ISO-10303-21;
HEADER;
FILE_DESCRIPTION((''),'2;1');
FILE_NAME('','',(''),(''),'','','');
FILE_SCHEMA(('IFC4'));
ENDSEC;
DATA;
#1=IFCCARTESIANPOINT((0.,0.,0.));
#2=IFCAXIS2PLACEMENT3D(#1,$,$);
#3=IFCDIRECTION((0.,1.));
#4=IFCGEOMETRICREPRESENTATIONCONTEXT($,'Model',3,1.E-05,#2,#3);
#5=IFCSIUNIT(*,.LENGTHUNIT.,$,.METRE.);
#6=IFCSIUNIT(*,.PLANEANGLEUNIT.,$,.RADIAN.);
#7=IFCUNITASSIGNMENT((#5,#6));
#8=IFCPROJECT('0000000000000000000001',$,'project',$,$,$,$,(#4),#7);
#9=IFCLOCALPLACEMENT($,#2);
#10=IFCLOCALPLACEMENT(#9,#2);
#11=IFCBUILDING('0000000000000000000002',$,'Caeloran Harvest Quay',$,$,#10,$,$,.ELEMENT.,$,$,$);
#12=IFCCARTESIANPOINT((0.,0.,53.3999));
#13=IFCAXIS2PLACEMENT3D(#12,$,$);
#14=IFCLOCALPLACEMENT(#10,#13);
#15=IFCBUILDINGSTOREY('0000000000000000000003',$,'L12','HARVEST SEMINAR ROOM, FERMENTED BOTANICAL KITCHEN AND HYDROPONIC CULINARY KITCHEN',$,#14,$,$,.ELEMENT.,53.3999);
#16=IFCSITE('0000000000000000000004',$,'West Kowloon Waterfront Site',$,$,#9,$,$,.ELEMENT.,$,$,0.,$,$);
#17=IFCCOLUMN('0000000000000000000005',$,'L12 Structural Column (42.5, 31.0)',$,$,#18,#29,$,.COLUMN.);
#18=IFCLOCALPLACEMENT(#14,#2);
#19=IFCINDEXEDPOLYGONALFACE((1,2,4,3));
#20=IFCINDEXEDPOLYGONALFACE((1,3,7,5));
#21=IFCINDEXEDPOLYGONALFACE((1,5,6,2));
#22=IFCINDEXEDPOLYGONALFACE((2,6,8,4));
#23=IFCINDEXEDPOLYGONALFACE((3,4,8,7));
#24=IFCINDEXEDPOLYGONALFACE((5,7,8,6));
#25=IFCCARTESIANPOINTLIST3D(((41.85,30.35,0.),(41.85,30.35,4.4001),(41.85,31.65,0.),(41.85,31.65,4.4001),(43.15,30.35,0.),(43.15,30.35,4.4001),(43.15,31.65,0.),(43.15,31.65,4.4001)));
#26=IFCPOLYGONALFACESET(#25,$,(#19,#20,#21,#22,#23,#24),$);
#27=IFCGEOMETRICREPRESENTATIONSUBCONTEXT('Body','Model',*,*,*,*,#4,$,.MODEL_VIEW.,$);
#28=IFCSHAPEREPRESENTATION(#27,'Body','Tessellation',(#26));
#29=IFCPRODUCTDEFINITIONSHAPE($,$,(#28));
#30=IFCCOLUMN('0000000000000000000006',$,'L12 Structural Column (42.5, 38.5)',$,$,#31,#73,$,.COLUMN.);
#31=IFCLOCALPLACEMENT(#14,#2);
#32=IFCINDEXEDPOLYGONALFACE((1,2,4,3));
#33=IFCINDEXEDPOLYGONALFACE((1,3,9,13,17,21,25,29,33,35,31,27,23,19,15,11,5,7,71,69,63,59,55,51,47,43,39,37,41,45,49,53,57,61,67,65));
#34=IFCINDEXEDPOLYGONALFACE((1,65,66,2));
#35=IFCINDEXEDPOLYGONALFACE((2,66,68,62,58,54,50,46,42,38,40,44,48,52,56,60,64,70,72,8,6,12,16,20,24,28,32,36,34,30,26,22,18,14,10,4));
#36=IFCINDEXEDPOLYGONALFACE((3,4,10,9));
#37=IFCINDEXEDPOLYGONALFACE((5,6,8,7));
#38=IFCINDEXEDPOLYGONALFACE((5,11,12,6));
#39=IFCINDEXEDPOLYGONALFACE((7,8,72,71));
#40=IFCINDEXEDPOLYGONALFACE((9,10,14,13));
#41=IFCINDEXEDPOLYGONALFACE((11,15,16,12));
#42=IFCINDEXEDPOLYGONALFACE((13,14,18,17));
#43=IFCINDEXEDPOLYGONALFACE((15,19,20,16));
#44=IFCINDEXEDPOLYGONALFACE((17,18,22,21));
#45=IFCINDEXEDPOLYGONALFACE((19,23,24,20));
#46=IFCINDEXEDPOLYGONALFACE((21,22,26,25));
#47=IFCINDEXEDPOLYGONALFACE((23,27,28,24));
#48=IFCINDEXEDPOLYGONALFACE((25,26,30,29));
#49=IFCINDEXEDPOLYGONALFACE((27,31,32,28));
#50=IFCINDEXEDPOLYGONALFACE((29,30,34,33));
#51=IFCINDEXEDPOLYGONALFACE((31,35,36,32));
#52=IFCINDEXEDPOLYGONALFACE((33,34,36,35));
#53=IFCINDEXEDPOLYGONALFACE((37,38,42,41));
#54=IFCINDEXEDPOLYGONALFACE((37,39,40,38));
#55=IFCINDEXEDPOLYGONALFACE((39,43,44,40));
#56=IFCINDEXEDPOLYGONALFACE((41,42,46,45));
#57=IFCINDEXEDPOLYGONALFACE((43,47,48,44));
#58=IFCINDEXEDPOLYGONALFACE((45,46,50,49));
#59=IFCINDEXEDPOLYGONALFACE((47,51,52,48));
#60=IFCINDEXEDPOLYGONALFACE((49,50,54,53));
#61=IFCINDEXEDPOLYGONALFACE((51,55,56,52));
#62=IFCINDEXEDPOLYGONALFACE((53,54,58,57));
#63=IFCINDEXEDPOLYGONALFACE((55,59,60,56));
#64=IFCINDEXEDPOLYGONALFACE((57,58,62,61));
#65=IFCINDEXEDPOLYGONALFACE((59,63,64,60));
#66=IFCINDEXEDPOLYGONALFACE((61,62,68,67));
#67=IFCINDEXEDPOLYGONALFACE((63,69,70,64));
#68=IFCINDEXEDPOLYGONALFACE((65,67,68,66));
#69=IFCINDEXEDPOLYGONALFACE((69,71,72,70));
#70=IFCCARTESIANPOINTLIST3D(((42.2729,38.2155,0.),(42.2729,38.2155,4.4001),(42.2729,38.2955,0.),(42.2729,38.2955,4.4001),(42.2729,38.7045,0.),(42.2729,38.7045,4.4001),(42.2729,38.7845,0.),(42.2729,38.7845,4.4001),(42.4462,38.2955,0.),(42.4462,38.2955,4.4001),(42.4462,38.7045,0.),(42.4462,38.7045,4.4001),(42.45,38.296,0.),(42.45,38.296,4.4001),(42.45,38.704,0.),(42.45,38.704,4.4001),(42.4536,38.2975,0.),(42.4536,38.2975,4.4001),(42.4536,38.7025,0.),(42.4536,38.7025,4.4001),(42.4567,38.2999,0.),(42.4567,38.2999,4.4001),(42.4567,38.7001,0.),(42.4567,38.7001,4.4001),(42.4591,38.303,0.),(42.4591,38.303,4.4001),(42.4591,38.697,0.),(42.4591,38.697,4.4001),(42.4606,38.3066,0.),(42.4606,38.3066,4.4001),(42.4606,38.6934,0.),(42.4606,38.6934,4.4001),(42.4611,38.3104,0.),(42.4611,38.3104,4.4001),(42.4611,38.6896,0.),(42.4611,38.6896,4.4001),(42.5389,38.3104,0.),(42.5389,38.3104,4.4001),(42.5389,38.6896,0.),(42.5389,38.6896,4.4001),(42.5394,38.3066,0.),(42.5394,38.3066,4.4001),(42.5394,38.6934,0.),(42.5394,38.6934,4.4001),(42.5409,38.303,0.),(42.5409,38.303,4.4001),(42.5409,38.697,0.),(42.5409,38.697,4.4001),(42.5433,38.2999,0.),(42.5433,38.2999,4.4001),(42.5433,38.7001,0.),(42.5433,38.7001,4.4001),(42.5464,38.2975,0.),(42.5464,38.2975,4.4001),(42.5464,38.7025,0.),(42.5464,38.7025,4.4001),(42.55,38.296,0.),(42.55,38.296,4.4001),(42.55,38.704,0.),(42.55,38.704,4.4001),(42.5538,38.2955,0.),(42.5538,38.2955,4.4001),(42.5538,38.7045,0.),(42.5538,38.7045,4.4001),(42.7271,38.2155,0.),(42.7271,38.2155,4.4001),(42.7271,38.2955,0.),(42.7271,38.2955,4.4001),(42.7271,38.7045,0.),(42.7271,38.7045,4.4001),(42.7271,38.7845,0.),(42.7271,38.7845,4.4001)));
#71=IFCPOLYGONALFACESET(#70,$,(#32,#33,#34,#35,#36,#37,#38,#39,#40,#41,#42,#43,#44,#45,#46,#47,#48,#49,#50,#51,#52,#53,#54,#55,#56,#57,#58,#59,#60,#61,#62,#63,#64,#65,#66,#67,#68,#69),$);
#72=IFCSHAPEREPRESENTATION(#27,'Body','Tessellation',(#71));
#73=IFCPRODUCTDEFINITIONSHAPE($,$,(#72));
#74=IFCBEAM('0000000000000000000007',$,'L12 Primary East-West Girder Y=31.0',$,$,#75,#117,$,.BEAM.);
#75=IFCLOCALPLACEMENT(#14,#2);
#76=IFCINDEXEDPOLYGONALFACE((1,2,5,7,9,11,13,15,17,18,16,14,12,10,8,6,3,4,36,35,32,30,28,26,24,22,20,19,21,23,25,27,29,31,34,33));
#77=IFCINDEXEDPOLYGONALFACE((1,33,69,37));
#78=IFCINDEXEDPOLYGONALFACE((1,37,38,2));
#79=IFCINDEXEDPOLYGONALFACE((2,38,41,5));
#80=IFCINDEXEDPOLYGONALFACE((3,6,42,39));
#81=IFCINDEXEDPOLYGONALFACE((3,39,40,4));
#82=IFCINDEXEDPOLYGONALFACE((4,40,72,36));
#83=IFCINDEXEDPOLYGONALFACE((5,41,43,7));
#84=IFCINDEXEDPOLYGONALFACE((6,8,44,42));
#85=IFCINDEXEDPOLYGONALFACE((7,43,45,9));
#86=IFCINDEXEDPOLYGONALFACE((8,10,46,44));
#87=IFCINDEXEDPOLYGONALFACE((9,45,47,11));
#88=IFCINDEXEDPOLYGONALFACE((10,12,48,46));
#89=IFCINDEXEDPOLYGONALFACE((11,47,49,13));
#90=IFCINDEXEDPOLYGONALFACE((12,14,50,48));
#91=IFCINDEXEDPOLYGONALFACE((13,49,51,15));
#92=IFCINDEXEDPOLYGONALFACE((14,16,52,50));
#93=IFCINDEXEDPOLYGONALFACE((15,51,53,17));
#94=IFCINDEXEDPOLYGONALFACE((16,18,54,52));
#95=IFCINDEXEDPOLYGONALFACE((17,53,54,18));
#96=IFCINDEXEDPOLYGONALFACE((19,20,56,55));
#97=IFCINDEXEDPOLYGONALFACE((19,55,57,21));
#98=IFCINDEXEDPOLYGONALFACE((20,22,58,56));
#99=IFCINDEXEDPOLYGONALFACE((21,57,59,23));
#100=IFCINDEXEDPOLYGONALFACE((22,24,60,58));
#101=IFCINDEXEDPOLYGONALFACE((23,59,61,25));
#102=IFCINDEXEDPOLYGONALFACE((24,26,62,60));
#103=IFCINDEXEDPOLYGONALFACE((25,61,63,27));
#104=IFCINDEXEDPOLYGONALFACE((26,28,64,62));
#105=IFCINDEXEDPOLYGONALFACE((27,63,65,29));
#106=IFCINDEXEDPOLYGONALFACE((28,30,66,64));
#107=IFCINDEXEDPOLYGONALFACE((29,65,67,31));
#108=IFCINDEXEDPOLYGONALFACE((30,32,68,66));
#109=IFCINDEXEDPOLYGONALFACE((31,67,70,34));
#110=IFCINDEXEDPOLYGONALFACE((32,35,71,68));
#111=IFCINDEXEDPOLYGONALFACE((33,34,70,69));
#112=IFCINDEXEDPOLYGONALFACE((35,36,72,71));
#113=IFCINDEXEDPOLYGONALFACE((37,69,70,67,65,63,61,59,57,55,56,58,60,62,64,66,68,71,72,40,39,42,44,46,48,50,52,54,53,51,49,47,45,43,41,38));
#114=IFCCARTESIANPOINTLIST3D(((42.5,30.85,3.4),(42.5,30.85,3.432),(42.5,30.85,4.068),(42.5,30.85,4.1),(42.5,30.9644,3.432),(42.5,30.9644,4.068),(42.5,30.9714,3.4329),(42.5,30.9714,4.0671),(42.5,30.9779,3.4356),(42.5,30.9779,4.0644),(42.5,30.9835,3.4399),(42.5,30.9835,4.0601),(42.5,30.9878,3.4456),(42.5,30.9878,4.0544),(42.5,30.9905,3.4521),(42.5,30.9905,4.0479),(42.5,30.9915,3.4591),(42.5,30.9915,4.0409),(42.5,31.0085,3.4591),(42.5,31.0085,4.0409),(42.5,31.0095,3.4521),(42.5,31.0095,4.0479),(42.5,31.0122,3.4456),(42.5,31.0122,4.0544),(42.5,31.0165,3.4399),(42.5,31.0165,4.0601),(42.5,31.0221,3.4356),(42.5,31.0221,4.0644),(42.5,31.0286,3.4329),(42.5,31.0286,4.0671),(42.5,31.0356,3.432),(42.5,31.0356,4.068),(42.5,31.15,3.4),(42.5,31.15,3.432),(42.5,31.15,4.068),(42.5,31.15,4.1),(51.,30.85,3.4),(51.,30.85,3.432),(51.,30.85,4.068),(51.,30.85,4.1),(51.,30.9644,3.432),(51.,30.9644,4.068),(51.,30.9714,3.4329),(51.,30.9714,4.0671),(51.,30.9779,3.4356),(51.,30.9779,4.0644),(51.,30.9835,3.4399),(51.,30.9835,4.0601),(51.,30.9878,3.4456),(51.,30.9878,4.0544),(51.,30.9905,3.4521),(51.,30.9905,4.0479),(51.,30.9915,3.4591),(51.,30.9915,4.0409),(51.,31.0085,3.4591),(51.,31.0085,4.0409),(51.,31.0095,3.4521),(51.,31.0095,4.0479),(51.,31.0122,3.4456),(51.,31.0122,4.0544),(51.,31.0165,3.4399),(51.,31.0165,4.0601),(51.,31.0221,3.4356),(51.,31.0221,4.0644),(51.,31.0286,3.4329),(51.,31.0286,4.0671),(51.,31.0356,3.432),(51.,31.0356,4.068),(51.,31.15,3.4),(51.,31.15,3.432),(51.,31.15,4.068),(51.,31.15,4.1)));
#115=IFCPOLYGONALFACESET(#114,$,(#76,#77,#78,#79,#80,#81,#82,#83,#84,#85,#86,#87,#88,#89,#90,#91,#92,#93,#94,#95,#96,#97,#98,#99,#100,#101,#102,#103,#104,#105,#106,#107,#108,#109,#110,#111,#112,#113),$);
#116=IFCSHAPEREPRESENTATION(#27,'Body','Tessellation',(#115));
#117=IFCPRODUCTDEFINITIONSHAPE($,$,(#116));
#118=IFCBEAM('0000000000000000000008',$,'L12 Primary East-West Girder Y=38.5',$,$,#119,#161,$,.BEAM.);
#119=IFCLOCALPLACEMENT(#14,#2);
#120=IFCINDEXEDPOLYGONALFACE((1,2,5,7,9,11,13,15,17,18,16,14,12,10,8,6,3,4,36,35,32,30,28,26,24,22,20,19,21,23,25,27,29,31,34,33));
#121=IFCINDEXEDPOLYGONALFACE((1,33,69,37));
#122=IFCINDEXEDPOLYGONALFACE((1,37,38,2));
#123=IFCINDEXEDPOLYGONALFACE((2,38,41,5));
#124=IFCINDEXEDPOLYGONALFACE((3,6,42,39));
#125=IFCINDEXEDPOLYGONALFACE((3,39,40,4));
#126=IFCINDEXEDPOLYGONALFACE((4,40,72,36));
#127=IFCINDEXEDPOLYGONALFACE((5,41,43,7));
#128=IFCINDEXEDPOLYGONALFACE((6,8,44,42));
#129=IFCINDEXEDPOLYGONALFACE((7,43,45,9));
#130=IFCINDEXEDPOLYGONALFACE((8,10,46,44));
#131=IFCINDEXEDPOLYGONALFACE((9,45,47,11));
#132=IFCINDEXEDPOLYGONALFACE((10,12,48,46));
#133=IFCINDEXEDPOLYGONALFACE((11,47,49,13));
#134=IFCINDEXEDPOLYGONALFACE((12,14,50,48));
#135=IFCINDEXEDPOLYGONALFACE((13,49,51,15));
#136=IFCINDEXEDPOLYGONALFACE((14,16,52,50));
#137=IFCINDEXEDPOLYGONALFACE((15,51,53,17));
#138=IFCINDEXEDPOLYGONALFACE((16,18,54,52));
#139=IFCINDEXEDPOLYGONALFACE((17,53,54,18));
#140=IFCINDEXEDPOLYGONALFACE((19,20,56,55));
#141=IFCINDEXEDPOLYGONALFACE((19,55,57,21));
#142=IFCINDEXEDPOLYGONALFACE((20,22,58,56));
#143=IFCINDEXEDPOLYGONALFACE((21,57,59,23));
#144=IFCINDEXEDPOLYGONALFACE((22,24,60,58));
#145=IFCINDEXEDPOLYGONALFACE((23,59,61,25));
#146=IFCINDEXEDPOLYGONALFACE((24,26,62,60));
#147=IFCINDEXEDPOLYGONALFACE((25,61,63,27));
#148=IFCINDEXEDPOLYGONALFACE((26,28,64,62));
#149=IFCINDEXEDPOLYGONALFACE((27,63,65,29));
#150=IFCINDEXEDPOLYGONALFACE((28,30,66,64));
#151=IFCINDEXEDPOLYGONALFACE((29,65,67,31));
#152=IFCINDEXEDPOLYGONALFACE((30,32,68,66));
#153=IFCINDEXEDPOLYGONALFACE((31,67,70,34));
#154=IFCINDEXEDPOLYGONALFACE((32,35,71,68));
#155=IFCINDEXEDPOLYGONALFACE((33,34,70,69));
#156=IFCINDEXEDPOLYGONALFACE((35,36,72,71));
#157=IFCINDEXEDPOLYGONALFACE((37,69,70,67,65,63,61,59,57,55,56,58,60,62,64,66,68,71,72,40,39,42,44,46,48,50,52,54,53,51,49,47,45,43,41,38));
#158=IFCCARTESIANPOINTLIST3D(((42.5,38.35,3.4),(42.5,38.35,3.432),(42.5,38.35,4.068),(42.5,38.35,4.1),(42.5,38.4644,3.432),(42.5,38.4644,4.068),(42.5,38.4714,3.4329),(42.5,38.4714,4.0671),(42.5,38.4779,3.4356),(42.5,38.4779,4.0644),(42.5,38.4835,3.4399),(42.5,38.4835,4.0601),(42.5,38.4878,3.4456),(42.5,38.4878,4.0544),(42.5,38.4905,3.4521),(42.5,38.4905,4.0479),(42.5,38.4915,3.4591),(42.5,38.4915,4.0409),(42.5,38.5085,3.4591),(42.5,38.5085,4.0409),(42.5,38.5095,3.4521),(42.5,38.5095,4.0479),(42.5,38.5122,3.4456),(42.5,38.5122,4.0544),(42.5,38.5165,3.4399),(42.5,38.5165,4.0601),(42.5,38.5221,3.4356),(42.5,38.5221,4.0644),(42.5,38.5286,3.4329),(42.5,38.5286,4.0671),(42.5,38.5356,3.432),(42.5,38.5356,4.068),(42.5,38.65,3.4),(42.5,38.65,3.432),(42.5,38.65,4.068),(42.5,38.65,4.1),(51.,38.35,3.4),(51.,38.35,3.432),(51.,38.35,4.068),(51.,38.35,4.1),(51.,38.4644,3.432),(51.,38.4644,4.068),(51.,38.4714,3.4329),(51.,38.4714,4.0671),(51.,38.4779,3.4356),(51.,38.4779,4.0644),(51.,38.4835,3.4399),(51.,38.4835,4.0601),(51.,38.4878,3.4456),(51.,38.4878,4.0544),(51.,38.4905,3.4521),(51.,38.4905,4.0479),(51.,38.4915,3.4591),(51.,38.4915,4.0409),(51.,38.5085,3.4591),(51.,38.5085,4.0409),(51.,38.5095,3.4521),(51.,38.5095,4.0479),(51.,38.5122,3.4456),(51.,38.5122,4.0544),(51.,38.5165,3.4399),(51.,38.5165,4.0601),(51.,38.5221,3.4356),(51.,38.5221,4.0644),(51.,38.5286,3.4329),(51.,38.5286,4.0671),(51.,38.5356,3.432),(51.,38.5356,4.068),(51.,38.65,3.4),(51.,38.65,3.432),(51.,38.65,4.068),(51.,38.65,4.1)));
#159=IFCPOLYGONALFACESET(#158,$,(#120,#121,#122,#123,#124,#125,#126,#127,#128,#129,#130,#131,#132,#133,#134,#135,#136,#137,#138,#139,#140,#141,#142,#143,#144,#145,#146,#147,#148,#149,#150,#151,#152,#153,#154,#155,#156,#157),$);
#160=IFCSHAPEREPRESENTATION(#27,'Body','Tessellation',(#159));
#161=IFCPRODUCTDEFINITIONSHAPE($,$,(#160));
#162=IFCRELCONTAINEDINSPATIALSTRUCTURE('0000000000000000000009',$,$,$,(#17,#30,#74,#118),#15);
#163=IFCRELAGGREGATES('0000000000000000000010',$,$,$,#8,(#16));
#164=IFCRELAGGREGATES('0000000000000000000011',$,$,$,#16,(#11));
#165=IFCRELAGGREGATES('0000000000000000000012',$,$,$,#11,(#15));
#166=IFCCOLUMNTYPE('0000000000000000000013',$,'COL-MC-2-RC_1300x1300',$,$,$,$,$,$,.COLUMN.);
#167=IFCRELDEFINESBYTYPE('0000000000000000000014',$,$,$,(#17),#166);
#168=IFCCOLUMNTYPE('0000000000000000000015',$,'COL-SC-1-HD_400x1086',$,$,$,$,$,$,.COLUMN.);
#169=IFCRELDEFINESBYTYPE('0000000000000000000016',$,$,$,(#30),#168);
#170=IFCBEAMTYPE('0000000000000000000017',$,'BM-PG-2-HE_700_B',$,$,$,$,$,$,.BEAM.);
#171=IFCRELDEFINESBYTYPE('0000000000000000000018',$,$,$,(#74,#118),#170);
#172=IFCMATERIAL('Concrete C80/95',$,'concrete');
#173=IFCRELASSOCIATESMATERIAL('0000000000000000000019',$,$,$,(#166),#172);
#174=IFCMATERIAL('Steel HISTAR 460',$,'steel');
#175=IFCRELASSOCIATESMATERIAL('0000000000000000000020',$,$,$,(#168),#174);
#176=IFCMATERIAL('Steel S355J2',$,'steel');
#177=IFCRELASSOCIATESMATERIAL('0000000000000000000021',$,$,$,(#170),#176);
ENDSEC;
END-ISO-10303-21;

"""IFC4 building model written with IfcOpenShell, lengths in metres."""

from ifc_helpers import new_model, si_unit, direction, frame, origin, origin_2d, place, context, subcontext, project, spatial, rectangle, i_section, extrude, material, material_profile, profile_set, type_object, element, save


model = new_model("IFC4")

# Units and contexts
model_context = context("Model", 3, precision=1e-05, world=origin(), true_north=direction((0.0, 1.0)))
body_context = subcontext(model_context, "Body", "Model", "MODEL_VIEW")
ifc_project = project(units=[si_unit("LENGTHUNIT", "METRE"), si_unit("PLANEANGLEUNIT", "RADIAN")], contexts=[model_context])

# Site, building, storey
site_placement = place(None, origin())
site = spatial("IfcSite", under=ifc_project, at=site_placement, Name="West Kowloon Waterfront Site", CompositionType="ELEMENT", RefElevation=0.0)
building_placement = place(site_placement, origin())
building = spatial("IfcBuilding", under=site, at=building_placement, Name="Caeloran Harvest Quay", CompositionType="ELEMENT")
storey_placement = place(building_placement, frame((0.0, 0.0, 53.3999)))
storey = spatial("IfcBuildingStorey", under=building, at=storey_placement, Name="L12", Description="HARVEST SEMINAR ROOM, FERMENTED BOTANICAL KITCHEN AND HYDROPONIC CULINARY KITCHEN", CompositionType="ELEMENT", Elevation=53.3999)

# Columns
ifc_material_1 = material(Name="Concrete C80/95", Category="concrete")
ifc_material_profile_1 = material_profile(ifc_material_1, rectangle(XDim=1.3, YDim=1.3, at=origin_2d()), Name="RC 1300x1300")
ifc_profile_set_1 = profile_set([ifc_material_profile_1], Name="Concrete C80/95")
column_type_1 = type_object("IfcColumnType", Name="COL-MC-2-RC_1300x1300", PredefinedType="COLUMN", material=ifc_profile_set_1)
column_1_placement = place(storey_placement, frame((42.5, 31.0, 0.0), z_axis=(0.0, 0.0, 1.0), x_axis=(1.0, 0.0, 0.0)))
element("IfcColumn", 1, at=column_1_placement, inside=storey, type_object=column_type_1, Name="L12 Structural Column (42.5, 31.0)", PredefinedType="COLUMN", context=body_context, shape_type="SweptSolid", body=[
    extrude(rectangle(XDim=1.3, YDim=1.3, at=origin_2d()), origin(), (0.0, 0.0, 1.0), 4.4001),
])
ifc_material_2 = material(Name="Steel HISTAR 460", Category="steel")
ifc_material_profile_2 = material_profile(ifc_material_2, i_section(OverallWidth=0.4541, OverallDepth=0.5691, WebThickness=0.0779, FlangeThickness=0.0801, FilletRadius=0.0149, at=origin_2d()), Name="HD 400x1086")
ifc_profile_set_2 = profile_set([ifc_material_profile_2], Name="Steel HISTAR 460")
column_type_2 = type_object("IfcColumnType", Name="COL-SC-1-HD_400x1086", PredefinedType="COLUMN", material=ifc_profile_set_2)
column_2_placement = place(storey_placement, frame((42.5, 38.5, 0.0), z_axis=(0.0, 0.0, 1.0), x_axis=(1.0, 0.0, 0.0)))
element("IfcColumn", 2, at=column_2_placement, inside=storey, type_object=column_type_2, Name="L12 Structural Column (42.5, 38.5)", PredefinedType="COLUMN", context=body_context, shape_type="SweptSolid", body=[
    extrude(i_section(OverallWidth=0.4541, OverallDepth=0.5691, WebThickness=0.0779, FlangeThickness=0.0801, FilletRadius=0.0149, at=origin_2d()), origin(), (0.0, 0.0, 1.0), 4.4001),
])

# Beams
ifc_material_3 = material(Name="Steel S355J2", Category="steel")
ifc_material_profile_3 = material_profile(ifc_material_3, i_section(OverallWidth=0.3, OverallDepth=0.7, WebThickness=0.0171, FlangeThickness=0.032, FilletRadius=0.0271, at=origin_2d()), Name="HE 700 B")
ifc_profile_set_3 = profile_set([ifc_material_profile_3], Name="Steel S355J2")
beam_type_1 = type_object("IfcBeamType", Name="BM-PG-2-HE_700_B", PredefinedType="BEAM", material=ifc_profile_set_3)
for number, where, z_axis, x_axis, name in (
    (3, (42.5, 31.0, 3.75), (1.0, 0.0, 0.0), (0.0, 1.0, 0.0), "L12 Primary East-West Girder Y=31.0"),
    (4, (42.5, 38.5, 3.75), (1.0, 0.0, 0.0), (0.0, 1.0, 0.0), "L12 Primary East-West Girder Y=38.5"),
):
    element("IfcBeam", number, at=place(storey_placement, frame(where, z_axis=z_axis, x_axis=x_axis)), inside=storey, type_object=beam_type_1, Name=name, PredefinedType="BEAM", context=body_context, shape_type="SweptSolid", body=[
        extrude(i_section(OverallWidth=0.3, OverallDepth=0.7, WebThickness=0.0171, FlangeThickness=0.032, FilletRadius=0.0271, at=origin_2d()), origin(), (0.0, 0.0, 1.0), 8.5),
    ])

save(model, "model.ifc")
